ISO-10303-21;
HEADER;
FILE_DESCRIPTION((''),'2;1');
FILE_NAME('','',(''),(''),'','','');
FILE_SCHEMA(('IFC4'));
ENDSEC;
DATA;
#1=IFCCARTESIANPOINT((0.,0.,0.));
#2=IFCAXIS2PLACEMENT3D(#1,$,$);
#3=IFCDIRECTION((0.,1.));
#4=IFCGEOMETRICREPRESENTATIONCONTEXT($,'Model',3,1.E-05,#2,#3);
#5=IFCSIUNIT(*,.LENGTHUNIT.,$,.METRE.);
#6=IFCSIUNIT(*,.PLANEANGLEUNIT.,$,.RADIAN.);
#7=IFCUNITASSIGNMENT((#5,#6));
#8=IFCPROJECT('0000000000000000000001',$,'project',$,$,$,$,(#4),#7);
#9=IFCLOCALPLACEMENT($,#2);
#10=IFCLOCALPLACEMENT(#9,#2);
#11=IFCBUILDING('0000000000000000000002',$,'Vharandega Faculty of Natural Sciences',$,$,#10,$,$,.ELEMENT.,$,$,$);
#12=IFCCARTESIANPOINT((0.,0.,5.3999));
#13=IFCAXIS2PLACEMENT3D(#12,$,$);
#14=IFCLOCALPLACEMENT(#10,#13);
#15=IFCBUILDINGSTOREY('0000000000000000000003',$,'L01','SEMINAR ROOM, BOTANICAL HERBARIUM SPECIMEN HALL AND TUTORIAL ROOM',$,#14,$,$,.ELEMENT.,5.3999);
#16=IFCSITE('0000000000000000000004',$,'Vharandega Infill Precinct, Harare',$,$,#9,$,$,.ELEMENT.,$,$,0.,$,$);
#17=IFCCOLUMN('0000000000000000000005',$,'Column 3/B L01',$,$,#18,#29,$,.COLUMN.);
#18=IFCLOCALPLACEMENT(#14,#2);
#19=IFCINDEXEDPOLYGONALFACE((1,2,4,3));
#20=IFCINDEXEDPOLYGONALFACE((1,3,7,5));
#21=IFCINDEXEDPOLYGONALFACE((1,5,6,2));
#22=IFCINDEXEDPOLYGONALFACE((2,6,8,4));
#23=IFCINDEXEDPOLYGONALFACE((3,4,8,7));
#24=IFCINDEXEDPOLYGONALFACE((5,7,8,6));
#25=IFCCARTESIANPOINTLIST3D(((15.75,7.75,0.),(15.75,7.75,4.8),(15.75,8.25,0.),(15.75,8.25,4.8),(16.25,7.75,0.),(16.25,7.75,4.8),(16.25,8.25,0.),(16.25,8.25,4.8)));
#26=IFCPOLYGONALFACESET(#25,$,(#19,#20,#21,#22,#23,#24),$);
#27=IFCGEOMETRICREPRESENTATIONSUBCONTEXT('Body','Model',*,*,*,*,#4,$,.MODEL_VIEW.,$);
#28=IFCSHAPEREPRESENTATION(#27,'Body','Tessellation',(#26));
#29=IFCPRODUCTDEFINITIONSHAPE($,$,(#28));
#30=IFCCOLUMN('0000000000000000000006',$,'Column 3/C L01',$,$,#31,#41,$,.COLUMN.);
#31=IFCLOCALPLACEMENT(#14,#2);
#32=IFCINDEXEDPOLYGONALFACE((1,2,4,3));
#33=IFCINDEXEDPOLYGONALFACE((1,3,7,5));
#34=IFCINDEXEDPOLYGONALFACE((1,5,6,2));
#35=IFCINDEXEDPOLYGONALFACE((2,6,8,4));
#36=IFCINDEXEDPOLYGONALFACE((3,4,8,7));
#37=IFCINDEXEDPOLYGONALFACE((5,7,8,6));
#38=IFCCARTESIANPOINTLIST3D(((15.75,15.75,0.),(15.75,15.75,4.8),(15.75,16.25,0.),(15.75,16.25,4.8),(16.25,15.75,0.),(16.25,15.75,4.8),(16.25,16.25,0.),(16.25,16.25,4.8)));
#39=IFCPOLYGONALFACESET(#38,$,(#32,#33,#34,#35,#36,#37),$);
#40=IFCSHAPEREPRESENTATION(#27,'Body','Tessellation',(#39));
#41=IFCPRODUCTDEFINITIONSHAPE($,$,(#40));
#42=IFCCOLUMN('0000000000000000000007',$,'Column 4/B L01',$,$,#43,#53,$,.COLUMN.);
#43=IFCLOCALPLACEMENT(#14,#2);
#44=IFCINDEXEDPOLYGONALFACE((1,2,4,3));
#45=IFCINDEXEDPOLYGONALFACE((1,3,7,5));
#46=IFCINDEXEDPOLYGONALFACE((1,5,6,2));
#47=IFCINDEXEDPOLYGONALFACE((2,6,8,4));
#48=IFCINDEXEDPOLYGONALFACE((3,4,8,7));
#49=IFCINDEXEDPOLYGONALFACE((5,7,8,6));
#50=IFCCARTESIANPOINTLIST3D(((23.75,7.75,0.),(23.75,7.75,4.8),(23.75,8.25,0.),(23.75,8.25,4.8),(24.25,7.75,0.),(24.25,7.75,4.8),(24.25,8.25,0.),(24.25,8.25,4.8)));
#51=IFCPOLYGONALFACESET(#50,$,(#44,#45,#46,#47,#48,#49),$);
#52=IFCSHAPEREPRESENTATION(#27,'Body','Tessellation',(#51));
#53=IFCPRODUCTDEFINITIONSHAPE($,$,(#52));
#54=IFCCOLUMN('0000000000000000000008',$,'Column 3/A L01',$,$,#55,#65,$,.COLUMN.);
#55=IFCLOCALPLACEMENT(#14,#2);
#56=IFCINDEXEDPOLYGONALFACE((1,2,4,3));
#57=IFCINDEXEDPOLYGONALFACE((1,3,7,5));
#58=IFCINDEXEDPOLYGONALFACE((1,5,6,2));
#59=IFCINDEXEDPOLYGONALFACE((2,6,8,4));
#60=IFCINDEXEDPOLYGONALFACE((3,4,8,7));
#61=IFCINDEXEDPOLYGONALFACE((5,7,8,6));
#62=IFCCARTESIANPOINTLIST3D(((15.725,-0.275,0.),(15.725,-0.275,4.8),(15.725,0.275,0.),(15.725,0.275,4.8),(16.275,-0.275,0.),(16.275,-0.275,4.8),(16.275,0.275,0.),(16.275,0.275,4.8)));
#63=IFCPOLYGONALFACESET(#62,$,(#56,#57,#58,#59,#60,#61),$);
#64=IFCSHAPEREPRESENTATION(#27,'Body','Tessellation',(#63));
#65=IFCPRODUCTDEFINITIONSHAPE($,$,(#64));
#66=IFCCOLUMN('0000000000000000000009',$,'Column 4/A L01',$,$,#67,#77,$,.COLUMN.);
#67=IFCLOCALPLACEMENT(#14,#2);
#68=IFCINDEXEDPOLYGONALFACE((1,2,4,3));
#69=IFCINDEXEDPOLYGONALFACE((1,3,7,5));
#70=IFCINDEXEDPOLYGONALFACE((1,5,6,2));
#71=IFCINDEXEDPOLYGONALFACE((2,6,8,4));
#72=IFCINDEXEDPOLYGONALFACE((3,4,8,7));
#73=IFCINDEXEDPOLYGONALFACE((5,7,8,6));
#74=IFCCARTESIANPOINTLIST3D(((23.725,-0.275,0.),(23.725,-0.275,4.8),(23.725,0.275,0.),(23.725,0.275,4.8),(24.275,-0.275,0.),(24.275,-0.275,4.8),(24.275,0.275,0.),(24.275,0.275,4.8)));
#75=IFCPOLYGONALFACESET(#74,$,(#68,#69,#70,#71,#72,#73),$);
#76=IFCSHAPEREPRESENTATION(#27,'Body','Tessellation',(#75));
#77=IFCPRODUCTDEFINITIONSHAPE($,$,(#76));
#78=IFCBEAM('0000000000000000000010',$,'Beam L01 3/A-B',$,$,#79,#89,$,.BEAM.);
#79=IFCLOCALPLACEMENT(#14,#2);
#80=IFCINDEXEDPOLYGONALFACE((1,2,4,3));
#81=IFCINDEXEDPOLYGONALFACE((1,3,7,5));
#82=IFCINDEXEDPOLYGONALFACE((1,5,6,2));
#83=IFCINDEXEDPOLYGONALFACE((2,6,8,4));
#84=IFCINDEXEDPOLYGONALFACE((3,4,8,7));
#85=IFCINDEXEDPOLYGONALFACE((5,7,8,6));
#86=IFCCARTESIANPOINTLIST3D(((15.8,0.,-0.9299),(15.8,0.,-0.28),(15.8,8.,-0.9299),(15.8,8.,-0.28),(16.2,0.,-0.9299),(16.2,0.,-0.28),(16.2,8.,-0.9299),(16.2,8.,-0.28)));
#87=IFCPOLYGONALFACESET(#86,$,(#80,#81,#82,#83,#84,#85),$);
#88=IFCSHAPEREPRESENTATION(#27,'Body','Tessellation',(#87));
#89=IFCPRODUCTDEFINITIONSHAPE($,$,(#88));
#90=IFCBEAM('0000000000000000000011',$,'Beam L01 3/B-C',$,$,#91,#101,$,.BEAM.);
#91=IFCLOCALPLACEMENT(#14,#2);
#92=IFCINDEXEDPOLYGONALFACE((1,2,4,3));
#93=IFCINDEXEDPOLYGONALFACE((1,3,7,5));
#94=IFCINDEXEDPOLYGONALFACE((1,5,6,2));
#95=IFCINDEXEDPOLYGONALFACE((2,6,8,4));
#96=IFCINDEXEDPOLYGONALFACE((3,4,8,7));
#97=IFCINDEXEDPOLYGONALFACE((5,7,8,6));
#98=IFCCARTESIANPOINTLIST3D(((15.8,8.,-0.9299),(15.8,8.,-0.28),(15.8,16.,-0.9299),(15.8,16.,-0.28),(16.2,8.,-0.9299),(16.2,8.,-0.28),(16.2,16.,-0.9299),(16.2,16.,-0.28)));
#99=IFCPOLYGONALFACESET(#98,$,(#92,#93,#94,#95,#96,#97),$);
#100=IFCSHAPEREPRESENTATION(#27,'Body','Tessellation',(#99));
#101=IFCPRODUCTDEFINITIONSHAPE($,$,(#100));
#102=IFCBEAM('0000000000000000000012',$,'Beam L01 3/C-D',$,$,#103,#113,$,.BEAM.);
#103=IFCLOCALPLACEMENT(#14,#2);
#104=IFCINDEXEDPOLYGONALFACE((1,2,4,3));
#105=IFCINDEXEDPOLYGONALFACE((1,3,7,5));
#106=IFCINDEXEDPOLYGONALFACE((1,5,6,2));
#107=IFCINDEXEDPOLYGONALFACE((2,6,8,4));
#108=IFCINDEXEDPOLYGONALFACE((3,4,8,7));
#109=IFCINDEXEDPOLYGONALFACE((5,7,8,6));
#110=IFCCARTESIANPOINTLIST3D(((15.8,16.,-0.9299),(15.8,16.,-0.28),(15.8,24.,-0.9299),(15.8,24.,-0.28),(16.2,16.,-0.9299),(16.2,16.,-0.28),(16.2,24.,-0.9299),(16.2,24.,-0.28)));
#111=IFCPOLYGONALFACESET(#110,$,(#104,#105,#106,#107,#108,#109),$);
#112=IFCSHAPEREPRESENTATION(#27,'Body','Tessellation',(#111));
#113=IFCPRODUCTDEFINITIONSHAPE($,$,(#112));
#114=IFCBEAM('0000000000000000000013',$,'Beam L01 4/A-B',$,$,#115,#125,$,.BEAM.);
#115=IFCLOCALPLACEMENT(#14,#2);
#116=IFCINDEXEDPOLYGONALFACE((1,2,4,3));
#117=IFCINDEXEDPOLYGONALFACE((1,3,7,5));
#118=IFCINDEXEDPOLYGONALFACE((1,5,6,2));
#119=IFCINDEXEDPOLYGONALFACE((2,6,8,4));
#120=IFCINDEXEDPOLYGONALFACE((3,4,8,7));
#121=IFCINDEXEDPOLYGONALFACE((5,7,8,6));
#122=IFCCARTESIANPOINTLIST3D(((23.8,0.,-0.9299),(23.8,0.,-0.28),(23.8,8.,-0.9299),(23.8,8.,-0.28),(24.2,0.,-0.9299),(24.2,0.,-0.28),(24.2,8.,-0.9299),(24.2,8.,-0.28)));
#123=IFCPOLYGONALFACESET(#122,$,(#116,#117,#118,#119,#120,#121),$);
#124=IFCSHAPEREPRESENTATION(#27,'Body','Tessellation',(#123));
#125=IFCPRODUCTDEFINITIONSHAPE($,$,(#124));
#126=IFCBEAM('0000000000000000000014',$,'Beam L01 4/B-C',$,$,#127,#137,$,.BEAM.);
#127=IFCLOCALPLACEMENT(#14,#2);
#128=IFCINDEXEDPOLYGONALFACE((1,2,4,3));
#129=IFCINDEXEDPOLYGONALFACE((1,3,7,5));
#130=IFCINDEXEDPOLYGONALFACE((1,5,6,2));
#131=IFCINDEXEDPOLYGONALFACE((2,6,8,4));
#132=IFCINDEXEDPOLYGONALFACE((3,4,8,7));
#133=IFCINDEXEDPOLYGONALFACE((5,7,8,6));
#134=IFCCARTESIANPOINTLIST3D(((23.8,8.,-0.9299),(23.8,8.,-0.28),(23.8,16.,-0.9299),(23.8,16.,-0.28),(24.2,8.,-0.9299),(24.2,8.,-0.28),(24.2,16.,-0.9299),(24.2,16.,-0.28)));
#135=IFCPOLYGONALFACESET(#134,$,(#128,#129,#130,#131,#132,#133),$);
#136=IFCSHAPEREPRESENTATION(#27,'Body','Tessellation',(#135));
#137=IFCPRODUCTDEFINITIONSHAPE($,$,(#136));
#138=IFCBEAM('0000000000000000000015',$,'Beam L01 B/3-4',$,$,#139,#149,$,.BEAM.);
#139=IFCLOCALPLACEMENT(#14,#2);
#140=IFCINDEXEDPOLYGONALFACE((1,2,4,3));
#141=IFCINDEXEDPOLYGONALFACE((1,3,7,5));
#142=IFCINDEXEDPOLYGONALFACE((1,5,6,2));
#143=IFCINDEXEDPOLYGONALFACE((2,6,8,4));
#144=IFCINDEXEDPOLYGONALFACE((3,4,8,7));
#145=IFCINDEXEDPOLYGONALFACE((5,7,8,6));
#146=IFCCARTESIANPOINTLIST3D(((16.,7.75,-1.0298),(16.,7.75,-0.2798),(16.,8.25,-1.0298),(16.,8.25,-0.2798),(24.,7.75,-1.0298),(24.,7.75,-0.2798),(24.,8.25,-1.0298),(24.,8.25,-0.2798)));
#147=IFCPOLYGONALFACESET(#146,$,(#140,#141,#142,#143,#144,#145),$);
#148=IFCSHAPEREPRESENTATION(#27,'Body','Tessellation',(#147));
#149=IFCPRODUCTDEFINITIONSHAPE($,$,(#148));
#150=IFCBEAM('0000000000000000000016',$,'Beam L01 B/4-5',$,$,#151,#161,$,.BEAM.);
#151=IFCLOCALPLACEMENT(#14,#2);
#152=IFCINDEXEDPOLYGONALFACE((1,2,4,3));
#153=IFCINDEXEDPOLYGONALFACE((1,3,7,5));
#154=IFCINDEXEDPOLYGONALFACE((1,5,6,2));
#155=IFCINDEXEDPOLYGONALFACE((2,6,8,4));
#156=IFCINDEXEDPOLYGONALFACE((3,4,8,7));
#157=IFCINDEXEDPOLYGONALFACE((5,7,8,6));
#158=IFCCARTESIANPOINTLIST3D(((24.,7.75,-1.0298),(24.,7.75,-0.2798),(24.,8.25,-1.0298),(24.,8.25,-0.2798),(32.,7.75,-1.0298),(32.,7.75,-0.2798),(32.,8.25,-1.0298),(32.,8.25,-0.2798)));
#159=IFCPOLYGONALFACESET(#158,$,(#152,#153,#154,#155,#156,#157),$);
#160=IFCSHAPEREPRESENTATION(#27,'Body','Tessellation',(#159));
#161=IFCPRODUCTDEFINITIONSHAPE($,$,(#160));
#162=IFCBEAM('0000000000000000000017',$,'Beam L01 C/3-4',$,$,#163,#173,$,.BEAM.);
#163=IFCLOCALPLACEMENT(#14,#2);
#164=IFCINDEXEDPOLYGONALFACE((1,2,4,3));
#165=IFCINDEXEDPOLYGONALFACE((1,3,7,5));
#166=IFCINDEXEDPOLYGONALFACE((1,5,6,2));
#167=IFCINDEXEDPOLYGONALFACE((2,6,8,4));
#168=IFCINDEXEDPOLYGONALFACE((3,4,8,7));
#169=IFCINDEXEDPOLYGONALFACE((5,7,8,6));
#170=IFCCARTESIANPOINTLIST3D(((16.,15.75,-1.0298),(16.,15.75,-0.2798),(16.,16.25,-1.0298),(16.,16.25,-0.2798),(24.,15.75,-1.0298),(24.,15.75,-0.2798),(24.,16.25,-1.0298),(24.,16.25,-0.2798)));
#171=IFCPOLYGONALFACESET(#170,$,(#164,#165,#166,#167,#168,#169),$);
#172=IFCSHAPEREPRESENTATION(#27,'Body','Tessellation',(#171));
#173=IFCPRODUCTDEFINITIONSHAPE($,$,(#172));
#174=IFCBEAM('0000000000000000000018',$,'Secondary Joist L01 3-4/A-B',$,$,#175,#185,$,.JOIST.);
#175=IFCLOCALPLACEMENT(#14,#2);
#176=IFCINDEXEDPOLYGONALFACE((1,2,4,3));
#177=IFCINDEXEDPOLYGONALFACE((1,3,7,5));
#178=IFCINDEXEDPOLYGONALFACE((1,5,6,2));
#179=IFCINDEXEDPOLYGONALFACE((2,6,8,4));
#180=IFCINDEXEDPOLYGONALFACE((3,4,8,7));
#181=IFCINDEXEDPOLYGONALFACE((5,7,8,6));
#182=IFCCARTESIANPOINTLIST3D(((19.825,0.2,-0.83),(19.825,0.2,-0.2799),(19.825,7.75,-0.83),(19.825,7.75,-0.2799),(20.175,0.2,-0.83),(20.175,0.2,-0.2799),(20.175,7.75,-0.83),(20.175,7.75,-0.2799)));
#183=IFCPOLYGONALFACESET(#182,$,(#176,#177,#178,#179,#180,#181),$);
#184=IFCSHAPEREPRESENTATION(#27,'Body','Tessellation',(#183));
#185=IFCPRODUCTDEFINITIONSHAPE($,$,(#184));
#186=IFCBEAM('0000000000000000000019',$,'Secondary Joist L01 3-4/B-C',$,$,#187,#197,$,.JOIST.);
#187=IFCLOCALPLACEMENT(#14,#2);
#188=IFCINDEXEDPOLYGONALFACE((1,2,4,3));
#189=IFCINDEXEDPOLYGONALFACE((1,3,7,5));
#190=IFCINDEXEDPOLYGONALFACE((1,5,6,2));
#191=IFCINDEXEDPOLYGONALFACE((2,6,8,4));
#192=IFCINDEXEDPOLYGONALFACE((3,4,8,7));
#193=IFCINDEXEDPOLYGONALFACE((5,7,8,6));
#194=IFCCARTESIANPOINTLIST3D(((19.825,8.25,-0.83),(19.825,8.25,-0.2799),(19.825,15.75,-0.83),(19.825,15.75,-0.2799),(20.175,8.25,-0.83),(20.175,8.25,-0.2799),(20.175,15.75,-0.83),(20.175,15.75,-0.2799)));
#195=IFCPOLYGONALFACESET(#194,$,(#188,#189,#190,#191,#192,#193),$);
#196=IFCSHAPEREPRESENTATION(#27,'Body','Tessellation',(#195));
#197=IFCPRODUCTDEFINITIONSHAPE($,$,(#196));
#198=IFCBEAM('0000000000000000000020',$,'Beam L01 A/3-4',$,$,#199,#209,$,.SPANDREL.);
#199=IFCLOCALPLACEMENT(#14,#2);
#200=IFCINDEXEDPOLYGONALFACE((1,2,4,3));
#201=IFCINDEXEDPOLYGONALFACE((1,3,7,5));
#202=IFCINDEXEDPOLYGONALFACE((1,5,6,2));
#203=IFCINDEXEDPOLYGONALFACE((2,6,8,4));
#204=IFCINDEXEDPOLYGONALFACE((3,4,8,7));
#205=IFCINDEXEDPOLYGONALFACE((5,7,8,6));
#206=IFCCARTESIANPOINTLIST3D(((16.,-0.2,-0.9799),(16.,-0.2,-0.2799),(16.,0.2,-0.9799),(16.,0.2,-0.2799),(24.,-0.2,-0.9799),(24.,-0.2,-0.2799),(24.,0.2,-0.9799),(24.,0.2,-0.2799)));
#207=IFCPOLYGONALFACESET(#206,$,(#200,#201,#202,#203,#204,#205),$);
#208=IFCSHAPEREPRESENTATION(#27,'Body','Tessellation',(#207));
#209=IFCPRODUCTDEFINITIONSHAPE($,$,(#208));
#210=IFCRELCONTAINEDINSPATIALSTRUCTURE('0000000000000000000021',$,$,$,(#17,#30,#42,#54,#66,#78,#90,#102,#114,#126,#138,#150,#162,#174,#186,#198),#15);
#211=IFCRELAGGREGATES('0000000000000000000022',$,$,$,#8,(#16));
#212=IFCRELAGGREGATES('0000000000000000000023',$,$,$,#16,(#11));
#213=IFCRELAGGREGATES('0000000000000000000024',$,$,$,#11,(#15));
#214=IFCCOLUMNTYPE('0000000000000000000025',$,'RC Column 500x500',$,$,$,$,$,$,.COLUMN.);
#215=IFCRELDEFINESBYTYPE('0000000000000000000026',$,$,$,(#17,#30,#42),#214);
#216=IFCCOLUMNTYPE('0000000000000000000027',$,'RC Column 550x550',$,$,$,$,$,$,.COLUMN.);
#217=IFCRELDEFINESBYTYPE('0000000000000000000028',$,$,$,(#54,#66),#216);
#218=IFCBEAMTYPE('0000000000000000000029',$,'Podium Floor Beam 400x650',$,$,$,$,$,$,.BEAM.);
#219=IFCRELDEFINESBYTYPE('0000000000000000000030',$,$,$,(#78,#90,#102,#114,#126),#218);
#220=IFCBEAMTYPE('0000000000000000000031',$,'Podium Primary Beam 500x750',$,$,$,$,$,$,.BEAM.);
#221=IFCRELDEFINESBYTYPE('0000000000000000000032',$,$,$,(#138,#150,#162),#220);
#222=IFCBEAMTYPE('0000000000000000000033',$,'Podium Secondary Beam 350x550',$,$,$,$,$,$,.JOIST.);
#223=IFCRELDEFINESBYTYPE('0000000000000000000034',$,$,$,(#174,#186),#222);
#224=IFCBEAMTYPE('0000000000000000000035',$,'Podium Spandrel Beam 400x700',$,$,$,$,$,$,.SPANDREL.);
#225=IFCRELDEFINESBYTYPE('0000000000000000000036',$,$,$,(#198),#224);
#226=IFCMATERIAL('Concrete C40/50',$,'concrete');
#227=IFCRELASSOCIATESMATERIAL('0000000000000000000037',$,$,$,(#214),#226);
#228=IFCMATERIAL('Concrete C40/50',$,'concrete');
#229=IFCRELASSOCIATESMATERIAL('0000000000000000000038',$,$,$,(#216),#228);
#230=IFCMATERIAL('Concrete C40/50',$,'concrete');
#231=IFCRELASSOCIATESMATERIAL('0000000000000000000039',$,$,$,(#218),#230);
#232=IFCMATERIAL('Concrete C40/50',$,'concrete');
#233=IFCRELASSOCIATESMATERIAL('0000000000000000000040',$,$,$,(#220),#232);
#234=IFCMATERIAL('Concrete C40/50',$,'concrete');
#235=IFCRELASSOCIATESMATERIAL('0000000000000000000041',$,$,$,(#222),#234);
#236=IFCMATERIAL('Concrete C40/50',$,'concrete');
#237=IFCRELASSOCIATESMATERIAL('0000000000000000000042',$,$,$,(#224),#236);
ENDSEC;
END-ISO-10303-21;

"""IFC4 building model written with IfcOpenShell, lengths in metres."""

from ifc_helpers import new_model, si_unit, direction, frame, origin, origin_2d, place, context, subcontext, project, spatial, rectangle, extrude, material, material_profile, profile_set, type_object, element, save


model = new_model("IFC4")

# Units and contexts
model_context = context("Model", 3, precision=1e-05, world=origin(), true_north=direction((0.0, 1.0)))
body_context = subcontext(model_context, "Body", "Model", "MODEL_VIEW")
ifc_project = project(units=[si_unit("LENGTHUNIT", "METRE"), si_unit("PLANEANGLEUNIT", "RADIAN")], contexts=[model_context])

# Site, building, storey
site_placement = place(None, origin())
site = spatial("IfcSite", under=ifc_project, at=site_placement, Name="Vharandega Infill Precinct, Harare", CompositionType="ELEMENT", RefElevation=0.0)
building_placement = place(site_placement, origin())
building = spatial("IfcBuilding", under=site, at=building_placement, Name="Vharandega Faculty of Natural Sciences", CompositionType="ELEMENT")
storey_placement = place(building_placement, frame((0.0, 0.0, 5.3999)))
storey = spatial("IfcBuildingStorey", under=building, at=storey_placement, Name="L01", Description="SEMINAR ROOM, BOTANICAL HERBARIUM SPECIMEN HALL AND TUTORIAL ROOM", CompositionType="ELEMENT", Elevation=5.3999)

# Columns
ifc_material_1 = material(Name="Concrete C40/50", Category="concrete")
ifc_material_profile_1 = material_profile(ifc_material_1, rectangle(XDim=0.5, YDim=0.5, at=origin_2d()), Name="RC 500x500")
ifc_profile_set_1 = profile_set([ifc_material_profile_1], Name="Concrete C40/50")
column_type_1 = type_object("IfcColumnType", Name="RC Column 500x500", PredefinedType="COLUMN", material=ifc_profile_set_1)
for number, where, z_axis, x_axis, name in (
    (1, (16.0, 8.0, 0.0), (0.0, 0.0, 1.0), (1.0, 0.0, 0.0), "Column 3/B L01"),
    (2, (16.0, 16.0, 0.0), (0.0, 0.0, 1.0), (1.0, 0.0, 0.0), "Column 3/C L01"),
    (3, (24.0, 8.0, 0.0), (0.0, 0.0, 1.0), (1.0, 0.0, 0.0), "Column 4/B L01"),
):
    element("IfcColumn", number, at=place(storey_placement, frame(where, z_axis=z_axis, x_axis=x_axis)), inside=storey, type_object=column_type_1, Name=name, PredefinedType="COLUMN", context=body_context, shape_type="SweptSolid", body=[
        extrude(rectangle(XDim=0.5, YDim=0.5, at=origin_2d()), origin(), (0.0, 0.0, 1.0), 4.8),
    ])
ifc_material_2 = material(Name="Concrete C40/50", Category="concrete")
ifc_material_profile_2 = material_profile(ifc_material_2, rectangle(XDim=0.55, YDim=0.55, at=origin_2d()), Name="RC 550x550")
ifc_profile_set_2 = profile_set([ifc_material_profile_2], Name="Concrete C40/50")
column_type_2 = type_object("IfcColumnType", Name="RC Column 550x550", PredefinedType="COLUMN", material=ifc_profile_set_2)
for number, where, z_axis, x_axis, name in (
    (4, (16.0, 0.0, 0.0), (0.0, 0.0, 1.0), (1.0, 0.0, 0.0), "Column 3/A L01"),
    (5, (24.0, 0.0, 0.0), (0.0, 0.0, 1.0), (1.0, 0.0, 0.0), "Column 4/A L01"),
):
    element("IfcColumn", number, at=place(storey_placement, frame(where, z_axis=z_axis, x_axis=x_axis)), inside=storey, type_object=column_type_2, Name=name, PredefinedType="COLUMN", context=body_context, shape_type="SweptSolid", body=[
        extrude(rectangle(XDim=0.55, YDim=0.55, at=origin_2d()), origin(), (0.0, 0.0, 1.0), 4.8),
    ])

# Beams
ifc_material_3 = material(Name="Concrete C40/50", Category="concrete")
ifc_material_profile_3 = material_profile(ifc_material_3, rectangle(XDim=0.3999, YDim=0.6499, at=origin_2d()), Name="RC 400x650")
ifc_profile_set_3 = profile_set([ifc_material_profile_3], Name="Concrete C40/50")
beam_type_1 = type_object("IfcBeamType", Name="Podium Floor Beam 400x650", PredefinedType="BEAM", material=ifc_profile_set_3)
for number, where, z_axis, x_axis, name in (
    (6, (16.0, 0.0, -0.605), (0.0, 1.0, 0.0), (-1.0, 0.0, 0.0), "Beam L01 3/A-B"),
    (7, (16.0, 8.0, -0.605), (0.0, 1.0, 0.0), (-1.0, 0.0, 0.0), "Beam L01 3/B-C"),
    (8, (16.0, 16.0, -0.605), (0.0, 1.0, 0.0), (-1.0, 0.0, 0.0), "Beam L01 3/C-D"),
    (9, (24.0, 0.0, -0.605), (0.0, 1.0, 0.0), (-1.0, 0.0, 0.0), "Beam L01 4/A-B"),
    (10, (24.0, 8.0, -0.605), (0.0, 1.0, 0.0), (-1.0, 0.0, 0.0), "Beam L01 4/B-C"),
):
    element("IfcBeam", number, at=place(storey_placement, frame(where, z_axis=z_axis, x_axis=x_axis)), inside=storey, type_object=beam_type_1, Name=name, PredefinedType="BEAM", context=body_context, shape_type="SweptSolid", body=[
        extrude(rectangle(XDim=0.3999, YDim=0.6499, at=origin_2d()), origin(), (0.0, 0.0, 1.0), 8.0),
    ])
ifc_material_4 = material(Name="Concrete C40/50", Category="concrete")
ifc_material_profile_4 = material_profile(ifc_material_4, rectangle(XDim=0.5, YDim=0.75, at=origin_2d()), Name="RC 500x750")
ifc_profile_set_4 = profile_set([ifc_material_profile_4], Name="Concrete C40/50")
beam_type_2 = type_object("IfcBeamType", Name="Podium Primary Beam 500x750", PredefinedType="BEAM", material=ifc_profile_set_4)
for number, where, z_axis, x_axis, name in (
    (11, (16.0, 8.0, -0.6548), (1.0, 0.0, 0.0), (0.0, 1.0, 0.0), "Beam L01 B/3-4"),
    (12, (24.0, 8.0, -0.6548), (1.0, 0.0, 0.0), (0.0, 1.0, 0.0), "Beam L01 B/4-5"),
    (13, (16.0, 16.0, -0.6548), (1.0, 0.0, 0.0), (0.0, 1.0, 0.0), "Beam L01 C/3-4"),
):
    element("IfcBeam", number, at=place(storey_placement, frame(where, z_axis=z_axis, x_axis=x_axis)), inside=storey, type_object=beam_type_2, Name=name, PredefinedType="BEAM", context=body_context, shape_type="SweptSolid", body=[
        extrude(rectangle(XDim=0.5, YDim=0.75, at=origin_2d()), origin(), (0.0, 0.0, 1.0), 8.0),
    ])
ifc_material_5 = material(Name="Concrete C40/50", Category="concrete")
ifc_material_profile_5 = material_profile(ifc_material_5, rectangle(XDim=0.3501, YDim=0.55, at=origin_2d()), Name="RC 350x550")
ifc_profile_set_5 = profile_set([ifc_material_profile_5], Name="Concrete C40/50")
beam_type_3 = type_object("IfcBeamType", Name="Podium Secondary Beam 350x550", PredefinedType="JOIST", material=ifc_profile_set_5)
beam_1_placement = place(storey_placement, frame((20.0, 0.2, -0.5549), z_axis=(0.0, 1.0, 0.0), x_axis=(-1.0, 0.0, 0.0)))
element("IfcBeam", 14, at=beam_1_placement, inside=storey, type_object=beam_type_3, Name="Secondary Joist L01 3-4/A-B", PredefinedType="JOIST", context=body_context, shape_type="SweptSolid", body=[
    extrude(rectangle(XDim=0.3501, YDim=0.55, at=origin_2d()), origin(), (0.0, 0.0, 1.0), 7.55),
])
beam_2_placement = place(storey_placement, frame((20.0, 8.25, -0.5549), z_axis=(0.0, 1.0, 0.0), x_axis=(-1.0, 0.0, 0.0)))
element("IfcBeam", 15, at=beam_2_placement, inside=storey, type_object=beam_type_3, Name="Secondary Joist L01 3-4/B-C", PredefinedType="JOIST", context=body_context, shape_type="SweptSolid", body=[
    extrude(rectangle(XDim=0.3501, YDim=0.55, at=origin_2d()), origin(), (0.0, 0.0, 1.0), 7.5),
])
ifc_material_6 = material(Name="Concrete C40/50", Category="concrete")
ifc_material_profile_6 = material_profile(ifc_material_6, rectangle(XDim=0.3999, YDim=0.7, at=origin_2d()), Name="RC 400x700")
ifc_profile_set_6 = profile_set([ifc_material_profile_6], Name="Concrete C40/50")
beam_type_4 = type_object("IfcBeamType", Name="Podium Spandrel Beam 400x700", PredefinedType="SPANDREL", material=ifc_profile_set_6)
for number, where, z_axis, x_axis, name in (
    (16, (16.0, 0.0, -0.6299), (1.0, 0.0, 0.0), (0.0, 1.0, 0.0), "Beam L01 A/3-4"),
):
    element("IfcBeam", number, at=place(storey_placement, frame(where, z_axis=z_axis, x_axis=x_axis)), inside=storey, type_object=beam_type_4, Name=name, PredefinedType="SPANDREL", context=body_context, shape_type="SweptSolid", body=[
        extrude(rectangle(XDim=0.3999, YDim=0.7, at=origin_2d()), origin(), (0.0, 0.0, 1.0), 8.0),
    ])

save(model, "model.ifc")
